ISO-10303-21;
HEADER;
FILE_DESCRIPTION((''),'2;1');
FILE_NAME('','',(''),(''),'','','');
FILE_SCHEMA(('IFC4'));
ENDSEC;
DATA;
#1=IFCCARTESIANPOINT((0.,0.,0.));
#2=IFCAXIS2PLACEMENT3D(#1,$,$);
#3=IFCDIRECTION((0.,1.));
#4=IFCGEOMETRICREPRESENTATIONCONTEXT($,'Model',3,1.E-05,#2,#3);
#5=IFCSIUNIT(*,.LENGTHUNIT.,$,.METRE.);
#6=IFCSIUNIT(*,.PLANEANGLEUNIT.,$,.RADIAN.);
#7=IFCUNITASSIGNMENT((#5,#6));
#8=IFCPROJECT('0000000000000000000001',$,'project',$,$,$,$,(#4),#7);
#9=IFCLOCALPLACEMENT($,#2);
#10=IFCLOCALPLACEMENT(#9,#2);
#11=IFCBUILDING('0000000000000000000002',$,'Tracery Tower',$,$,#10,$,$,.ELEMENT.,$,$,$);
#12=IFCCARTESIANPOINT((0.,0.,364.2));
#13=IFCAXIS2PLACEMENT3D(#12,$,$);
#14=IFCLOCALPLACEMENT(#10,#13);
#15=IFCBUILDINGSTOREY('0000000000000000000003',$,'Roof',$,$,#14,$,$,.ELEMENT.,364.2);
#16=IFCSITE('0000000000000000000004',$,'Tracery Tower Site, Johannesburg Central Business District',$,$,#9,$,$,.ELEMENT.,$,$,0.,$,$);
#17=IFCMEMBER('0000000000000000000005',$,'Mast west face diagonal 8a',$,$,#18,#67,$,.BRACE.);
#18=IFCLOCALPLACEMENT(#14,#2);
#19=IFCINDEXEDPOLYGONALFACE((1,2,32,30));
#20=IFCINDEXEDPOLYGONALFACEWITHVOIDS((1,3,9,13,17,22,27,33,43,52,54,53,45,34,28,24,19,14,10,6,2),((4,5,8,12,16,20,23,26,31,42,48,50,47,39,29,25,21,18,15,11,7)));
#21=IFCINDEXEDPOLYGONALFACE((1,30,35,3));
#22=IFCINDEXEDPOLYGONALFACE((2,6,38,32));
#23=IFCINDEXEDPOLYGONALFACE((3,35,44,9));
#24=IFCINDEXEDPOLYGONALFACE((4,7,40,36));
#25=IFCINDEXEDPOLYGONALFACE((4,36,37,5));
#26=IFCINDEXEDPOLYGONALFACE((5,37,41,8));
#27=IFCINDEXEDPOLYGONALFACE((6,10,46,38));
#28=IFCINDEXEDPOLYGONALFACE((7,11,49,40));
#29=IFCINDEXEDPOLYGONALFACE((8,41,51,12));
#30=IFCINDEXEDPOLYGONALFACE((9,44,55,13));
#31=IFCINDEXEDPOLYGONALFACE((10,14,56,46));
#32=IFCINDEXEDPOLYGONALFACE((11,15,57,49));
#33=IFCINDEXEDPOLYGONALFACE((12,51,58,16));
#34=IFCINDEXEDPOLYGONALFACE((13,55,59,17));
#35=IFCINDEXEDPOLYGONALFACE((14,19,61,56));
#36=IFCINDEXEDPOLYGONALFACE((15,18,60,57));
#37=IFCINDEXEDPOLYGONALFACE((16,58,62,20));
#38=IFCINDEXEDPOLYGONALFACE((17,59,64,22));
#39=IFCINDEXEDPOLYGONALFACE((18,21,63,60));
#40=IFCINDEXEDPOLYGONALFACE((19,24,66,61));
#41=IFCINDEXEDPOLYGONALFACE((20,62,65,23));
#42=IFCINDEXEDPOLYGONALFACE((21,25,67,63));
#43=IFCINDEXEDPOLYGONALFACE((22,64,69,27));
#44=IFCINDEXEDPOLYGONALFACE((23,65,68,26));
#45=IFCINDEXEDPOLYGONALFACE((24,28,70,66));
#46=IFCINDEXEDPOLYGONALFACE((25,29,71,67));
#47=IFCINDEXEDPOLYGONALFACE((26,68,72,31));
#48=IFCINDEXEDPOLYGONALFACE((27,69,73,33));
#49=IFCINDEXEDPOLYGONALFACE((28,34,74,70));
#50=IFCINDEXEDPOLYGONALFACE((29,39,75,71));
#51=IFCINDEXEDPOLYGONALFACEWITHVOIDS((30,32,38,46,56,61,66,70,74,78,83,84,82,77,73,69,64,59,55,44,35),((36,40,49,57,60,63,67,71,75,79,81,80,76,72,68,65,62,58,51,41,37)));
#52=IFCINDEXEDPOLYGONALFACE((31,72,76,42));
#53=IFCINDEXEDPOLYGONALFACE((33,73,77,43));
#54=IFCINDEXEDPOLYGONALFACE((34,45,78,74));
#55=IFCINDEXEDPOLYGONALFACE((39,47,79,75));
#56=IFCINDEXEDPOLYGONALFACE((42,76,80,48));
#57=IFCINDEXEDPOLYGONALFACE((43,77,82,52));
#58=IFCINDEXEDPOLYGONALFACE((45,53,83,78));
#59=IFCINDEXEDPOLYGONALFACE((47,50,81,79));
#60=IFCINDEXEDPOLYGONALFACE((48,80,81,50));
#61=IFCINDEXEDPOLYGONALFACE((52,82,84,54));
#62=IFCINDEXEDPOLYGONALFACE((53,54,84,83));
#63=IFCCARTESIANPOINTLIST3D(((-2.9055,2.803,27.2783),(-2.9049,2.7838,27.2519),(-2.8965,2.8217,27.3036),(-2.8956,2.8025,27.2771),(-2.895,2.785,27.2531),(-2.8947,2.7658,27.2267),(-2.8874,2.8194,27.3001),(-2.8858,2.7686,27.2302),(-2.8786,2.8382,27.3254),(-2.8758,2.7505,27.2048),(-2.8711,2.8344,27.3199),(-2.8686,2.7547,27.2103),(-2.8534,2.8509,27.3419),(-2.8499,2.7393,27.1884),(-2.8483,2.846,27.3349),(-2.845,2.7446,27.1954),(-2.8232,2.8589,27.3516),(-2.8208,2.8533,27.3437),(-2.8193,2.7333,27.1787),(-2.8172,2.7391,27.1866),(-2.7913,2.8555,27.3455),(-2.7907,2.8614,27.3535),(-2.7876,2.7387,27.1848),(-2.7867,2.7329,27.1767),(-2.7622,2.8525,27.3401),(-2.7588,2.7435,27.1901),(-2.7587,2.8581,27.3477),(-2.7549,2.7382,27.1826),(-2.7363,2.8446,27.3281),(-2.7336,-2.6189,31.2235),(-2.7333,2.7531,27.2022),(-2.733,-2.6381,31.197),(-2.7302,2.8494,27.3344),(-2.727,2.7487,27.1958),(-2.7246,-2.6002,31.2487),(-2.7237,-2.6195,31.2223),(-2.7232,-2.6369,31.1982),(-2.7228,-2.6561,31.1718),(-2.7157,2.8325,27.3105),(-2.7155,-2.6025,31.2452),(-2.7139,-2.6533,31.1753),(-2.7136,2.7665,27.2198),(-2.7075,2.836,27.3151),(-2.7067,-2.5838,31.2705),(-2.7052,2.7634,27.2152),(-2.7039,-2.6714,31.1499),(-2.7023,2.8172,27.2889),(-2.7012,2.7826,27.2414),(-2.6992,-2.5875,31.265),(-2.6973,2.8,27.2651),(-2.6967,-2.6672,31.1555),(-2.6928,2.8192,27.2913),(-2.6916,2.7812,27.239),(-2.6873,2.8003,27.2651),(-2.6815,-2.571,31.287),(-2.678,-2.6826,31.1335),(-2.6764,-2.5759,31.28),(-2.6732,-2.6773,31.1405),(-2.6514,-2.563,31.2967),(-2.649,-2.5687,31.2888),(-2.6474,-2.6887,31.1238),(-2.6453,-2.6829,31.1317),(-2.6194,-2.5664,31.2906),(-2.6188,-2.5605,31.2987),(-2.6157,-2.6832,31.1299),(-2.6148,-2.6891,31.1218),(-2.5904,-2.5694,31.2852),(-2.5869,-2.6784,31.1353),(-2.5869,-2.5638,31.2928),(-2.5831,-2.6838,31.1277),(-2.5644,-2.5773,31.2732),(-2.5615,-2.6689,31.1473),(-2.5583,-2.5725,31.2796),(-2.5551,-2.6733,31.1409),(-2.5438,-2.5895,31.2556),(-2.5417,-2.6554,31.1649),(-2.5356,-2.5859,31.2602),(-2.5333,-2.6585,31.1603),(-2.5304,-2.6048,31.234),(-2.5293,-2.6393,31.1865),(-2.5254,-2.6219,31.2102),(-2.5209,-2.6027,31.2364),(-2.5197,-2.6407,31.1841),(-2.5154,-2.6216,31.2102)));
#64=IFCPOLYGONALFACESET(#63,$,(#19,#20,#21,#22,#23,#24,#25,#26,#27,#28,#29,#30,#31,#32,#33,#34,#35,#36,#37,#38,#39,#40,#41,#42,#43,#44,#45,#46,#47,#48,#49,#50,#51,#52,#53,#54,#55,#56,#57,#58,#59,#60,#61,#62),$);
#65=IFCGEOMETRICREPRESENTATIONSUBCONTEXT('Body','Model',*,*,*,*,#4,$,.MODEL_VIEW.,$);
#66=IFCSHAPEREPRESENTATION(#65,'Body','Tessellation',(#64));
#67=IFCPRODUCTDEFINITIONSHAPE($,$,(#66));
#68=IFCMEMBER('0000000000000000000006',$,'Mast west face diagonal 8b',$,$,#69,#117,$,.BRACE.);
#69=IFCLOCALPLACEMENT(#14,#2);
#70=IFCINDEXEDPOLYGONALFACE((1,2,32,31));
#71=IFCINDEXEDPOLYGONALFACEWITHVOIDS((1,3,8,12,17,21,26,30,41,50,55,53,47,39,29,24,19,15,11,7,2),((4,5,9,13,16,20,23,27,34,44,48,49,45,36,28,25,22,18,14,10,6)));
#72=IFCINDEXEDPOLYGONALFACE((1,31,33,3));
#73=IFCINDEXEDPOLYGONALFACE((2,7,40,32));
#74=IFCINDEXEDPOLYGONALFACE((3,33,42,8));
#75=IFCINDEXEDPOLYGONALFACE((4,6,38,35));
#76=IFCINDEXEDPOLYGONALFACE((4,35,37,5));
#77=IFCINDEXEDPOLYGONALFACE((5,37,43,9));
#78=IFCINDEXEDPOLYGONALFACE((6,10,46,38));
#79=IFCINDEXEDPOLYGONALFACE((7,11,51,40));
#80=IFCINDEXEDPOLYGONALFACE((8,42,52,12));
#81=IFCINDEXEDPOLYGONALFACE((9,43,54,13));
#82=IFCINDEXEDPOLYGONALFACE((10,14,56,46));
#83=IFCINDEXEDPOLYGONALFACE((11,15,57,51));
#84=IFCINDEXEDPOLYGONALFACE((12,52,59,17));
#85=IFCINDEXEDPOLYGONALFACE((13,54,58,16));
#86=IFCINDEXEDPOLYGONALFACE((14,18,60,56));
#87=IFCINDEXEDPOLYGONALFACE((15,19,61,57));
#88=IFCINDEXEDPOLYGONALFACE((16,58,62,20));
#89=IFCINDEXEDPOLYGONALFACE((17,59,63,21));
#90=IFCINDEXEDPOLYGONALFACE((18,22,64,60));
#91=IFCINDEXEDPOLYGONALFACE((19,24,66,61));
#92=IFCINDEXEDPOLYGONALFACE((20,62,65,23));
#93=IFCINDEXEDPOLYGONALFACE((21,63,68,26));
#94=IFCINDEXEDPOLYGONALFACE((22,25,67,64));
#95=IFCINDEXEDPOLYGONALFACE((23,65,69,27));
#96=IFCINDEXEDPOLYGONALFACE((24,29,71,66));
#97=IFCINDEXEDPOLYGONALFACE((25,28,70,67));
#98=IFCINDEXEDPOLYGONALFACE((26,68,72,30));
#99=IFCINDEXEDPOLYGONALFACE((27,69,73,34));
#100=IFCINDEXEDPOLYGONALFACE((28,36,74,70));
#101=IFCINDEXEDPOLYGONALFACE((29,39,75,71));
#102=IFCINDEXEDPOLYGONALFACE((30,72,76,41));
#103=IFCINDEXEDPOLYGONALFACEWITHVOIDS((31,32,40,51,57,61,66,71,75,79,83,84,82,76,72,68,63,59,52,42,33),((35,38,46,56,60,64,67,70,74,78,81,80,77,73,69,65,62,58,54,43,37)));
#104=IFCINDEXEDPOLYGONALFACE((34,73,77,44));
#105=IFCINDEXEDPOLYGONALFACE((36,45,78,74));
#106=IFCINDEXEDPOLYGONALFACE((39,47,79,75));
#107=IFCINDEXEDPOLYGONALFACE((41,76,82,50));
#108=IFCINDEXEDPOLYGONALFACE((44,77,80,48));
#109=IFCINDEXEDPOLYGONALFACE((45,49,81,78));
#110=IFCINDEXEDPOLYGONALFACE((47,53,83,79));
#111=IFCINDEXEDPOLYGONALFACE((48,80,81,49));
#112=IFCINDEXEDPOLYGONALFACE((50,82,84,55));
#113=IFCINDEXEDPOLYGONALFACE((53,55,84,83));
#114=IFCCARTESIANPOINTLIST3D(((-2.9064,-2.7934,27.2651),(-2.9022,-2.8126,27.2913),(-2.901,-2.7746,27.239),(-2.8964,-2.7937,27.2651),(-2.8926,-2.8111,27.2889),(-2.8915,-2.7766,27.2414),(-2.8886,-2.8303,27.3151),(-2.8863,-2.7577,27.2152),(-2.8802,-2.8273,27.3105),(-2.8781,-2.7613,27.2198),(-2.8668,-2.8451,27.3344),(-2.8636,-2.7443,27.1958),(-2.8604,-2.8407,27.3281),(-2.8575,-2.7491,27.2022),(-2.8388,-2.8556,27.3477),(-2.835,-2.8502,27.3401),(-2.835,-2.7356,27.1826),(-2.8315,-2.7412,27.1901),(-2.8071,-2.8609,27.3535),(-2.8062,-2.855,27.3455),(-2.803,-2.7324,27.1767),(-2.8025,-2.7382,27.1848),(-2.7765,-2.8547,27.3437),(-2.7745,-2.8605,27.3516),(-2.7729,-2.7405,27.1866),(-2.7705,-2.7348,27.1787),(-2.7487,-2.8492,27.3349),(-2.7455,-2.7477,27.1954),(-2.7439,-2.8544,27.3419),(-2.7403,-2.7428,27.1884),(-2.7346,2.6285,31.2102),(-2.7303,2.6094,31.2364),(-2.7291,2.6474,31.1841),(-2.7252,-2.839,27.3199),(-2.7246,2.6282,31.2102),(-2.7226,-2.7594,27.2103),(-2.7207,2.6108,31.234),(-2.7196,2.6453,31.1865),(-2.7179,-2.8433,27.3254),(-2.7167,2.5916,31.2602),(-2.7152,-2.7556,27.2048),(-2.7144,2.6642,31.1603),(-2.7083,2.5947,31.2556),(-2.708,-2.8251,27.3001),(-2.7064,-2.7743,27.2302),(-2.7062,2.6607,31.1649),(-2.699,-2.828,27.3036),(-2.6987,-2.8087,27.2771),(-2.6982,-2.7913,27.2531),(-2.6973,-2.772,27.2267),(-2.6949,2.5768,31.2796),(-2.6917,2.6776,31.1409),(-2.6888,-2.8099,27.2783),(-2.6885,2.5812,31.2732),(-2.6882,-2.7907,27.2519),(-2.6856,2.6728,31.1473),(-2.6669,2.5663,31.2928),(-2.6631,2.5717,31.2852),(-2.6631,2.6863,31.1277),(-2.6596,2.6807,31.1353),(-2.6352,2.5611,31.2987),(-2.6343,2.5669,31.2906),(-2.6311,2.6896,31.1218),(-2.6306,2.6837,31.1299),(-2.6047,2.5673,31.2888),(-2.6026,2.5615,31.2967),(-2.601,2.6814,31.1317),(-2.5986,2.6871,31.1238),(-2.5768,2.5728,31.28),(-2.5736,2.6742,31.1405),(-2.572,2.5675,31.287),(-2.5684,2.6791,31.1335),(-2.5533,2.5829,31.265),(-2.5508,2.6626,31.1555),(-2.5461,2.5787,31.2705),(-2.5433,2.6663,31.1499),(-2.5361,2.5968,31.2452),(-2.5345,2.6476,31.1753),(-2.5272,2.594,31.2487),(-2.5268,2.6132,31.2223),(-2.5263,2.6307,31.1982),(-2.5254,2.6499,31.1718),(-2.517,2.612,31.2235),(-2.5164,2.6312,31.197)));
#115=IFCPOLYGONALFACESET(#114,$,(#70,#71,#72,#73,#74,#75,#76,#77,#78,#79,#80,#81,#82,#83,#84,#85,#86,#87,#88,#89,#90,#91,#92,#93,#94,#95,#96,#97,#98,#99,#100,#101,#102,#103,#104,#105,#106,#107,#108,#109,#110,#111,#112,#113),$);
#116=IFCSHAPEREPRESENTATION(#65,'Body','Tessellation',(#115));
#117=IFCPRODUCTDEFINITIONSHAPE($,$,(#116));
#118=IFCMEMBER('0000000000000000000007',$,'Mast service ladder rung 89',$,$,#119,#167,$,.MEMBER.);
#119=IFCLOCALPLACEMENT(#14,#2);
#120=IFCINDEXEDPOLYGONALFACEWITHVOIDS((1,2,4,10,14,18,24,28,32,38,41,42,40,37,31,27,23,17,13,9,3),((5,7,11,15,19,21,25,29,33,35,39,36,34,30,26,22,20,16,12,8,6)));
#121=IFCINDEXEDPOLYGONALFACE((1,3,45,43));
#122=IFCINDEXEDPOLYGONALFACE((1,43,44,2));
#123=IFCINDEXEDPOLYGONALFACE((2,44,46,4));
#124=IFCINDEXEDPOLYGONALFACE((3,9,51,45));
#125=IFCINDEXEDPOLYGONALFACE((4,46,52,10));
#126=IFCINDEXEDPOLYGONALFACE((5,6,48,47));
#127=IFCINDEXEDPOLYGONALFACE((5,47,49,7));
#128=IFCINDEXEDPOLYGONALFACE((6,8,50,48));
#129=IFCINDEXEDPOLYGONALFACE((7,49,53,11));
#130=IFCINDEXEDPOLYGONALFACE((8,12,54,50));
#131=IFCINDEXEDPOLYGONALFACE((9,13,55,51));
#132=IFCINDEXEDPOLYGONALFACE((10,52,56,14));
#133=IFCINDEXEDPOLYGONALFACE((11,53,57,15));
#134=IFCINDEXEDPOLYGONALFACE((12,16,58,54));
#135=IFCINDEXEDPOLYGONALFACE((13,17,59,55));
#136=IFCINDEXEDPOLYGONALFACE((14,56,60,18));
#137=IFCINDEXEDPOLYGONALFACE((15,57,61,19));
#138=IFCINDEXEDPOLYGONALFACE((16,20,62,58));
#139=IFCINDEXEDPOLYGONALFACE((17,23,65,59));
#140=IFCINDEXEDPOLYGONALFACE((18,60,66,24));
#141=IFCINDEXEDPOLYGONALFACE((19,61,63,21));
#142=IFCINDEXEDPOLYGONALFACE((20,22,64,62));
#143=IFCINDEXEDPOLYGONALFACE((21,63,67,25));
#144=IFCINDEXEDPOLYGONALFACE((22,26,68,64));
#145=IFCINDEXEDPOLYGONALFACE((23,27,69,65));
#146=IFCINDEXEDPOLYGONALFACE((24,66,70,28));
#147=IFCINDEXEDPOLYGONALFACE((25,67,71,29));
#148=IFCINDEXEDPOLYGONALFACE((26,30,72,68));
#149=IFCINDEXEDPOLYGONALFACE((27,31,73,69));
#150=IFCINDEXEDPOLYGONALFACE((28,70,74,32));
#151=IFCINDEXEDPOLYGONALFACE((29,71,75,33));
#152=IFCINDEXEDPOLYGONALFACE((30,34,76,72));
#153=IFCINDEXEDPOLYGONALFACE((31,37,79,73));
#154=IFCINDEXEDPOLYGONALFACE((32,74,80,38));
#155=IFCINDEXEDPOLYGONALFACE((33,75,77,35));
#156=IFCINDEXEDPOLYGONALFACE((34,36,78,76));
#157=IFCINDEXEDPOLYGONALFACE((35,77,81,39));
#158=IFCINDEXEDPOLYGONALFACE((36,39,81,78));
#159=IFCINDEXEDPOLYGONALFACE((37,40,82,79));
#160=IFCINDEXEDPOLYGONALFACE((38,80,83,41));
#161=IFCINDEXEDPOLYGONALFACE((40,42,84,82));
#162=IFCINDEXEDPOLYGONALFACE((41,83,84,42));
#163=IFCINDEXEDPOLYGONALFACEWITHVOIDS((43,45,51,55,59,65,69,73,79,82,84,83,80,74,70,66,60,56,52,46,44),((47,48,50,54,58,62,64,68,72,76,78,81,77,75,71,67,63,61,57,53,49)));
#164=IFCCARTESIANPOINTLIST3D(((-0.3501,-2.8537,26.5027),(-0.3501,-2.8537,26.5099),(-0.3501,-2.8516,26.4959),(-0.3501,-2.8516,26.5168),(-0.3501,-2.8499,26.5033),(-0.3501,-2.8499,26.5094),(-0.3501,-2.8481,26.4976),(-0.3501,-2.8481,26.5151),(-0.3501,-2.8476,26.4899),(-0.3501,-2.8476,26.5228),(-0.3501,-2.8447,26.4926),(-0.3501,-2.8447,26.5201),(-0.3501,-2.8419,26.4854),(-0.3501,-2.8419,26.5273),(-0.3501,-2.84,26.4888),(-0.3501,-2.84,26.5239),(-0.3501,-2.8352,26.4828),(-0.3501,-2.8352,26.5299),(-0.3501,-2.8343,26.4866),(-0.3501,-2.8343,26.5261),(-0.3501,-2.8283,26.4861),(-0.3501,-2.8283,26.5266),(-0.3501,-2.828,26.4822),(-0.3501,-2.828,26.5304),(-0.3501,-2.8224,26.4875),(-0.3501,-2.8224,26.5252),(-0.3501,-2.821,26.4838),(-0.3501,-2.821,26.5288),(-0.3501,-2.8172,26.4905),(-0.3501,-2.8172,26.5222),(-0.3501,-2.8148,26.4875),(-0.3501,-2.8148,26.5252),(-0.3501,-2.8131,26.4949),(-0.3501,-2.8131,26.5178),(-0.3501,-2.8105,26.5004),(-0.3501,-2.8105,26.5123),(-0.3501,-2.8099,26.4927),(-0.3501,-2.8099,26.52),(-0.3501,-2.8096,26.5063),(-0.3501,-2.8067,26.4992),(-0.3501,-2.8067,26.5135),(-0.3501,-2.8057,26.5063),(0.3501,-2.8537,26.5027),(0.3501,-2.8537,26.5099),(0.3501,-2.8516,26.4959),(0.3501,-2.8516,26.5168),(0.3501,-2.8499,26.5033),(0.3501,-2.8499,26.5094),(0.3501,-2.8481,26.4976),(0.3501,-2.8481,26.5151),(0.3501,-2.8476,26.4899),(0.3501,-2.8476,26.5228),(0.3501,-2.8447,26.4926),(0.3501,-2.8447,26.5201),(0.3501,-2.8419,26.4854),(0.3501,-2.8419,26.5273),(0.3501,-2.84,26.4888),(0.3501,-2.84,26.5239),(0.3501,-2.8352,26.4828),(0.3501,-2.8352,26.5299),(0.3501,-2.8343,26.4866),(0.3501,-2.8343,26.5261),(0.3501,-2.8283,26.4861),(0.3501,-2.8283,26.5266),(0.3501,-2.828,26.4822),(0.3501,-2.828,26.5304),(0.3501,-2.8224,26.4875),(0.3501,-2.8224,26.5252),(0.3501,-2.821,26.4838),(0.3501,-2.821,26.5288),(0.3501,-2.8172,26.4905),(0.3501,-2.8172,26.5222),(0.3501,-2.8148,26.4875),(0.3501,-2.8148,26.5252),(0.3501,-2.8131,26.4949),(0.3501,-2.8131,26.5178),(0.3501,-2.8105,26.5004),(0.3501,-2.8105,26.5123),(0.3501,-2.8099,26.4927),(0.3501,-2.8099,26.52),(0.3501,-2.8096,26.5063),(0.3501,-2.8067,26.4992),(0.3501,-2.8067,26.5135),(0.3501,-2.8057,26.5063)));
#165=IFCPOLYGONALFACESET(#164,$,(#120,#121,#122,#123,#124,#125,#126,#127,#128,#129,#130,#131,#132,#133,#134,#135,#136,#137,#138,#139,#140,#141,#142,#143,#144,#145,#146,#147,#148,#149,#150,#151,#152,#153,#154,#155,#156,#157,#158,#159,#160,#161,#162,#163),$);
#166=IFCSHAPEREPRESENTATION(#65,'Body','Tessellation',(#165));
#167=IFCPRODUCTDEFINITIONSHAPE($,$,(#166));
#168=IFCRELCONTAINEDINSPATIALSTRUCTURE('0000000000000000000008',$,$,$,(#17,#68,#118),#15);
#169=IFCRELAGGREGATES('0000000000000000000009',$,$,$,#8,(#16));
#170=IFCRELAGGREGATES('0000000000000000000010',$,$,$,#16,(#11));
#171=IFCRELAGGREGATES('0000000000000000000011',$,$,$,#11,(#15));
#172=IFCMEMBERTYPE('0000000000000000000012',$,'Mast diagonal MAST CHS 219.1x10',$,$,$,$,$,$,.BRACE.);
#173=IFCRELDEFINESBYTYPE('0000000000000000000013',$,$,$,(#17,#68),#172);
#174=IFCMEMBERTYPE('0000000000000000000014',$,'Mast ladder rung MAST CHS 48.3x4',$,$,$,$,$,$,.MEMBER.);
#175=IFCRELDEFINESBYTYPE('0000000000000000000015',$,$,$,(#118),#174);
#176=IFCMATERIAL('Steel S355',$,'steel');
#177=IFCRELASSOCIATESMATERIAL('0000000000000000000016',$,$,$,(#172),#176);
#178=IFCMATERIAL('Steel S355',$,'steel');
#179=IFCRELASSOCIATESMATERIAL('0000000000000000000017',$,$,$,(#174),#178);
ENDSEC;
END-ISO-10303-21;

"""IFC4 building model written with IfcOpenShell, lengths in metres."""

from ifc_helpers import new_model, si_unit, direction, frame, origin, origin_2d, place, context, subcontext, project, spatial, hollow_circle, extrude, material, material_profile, profile_set, type_object, element, save


model = new_model("IFC4")

# Units and contexts
model_context = context("Model", 3, precision=1e-05, world=origin(), true_north=direction((0.0, 1.0)))
body_context = subcontext(model_context, "Body", "Model", "MODEL_VIEW")
ifc_project = project(units=[si_unit("LENGTHUNIT", "METRE"), si_unit("PLANEANGLEUNIT", "RADIAN")], contexts=[model_context])

# Site, building, storey
site_placement = place(None, origin())
site = spatial("IfcSite", under=ifc_project, at=site_placement, Name="Tracery Tower Site, Johannesburg Central Business District", CompositionType="ELEMENT", RefElevation=0.0)
building_placement = place(site_placement, origin())
building = spatial("IfcBuilding", under=site, at=building_placement, Name="Tracery Tower", CompositionType="ELEMENT")
storey_placement = place(building_placement, frame((0.0, 0.0, 364.2)))
storey = spatial("IfcBuildingStorey", under=building, at=storey_placement, Name="Roof", CompositionType="ELEMENT", Elevation=364.2)

# Members
ifc_material_1 = material(Name="Steel S355", Category="steel")
ifc_material_profile_1 = material_profile(ifc_material_1, hollow_circle(Radius=0.1096, WallThickness=0.01, at=origin_2d()), Name="CHS 219.1x10")
ifc_profile_set_1 = profile_set([ifc_material_profile_1], Name="Steel S355")
member_type_1 = type_object("IfcMemberType", Name="Mast diagonal MAST CHS 219.1x10", PredefinedType="BRACE", material=ifc_profile_set_1)
for number, where, z_axis, x_axis, name in (
    (1, (-2.7969, 2.7969, 27.2651), (0.025625, -0.808337, 0.588163), (0.999498, 0.031684, 0.0), "Mast west face diagonal 8a"),
    (2, (-2.7969, -2.7969, 27.2651), (0.025625, 0.808337, 0.588163), (-0.999498, 0.031684, 0.0), "Mast west face diagonal 8b"),
):
    element("IfcMember", number, at=place(storey_placement, frame(where, z_axis=z_axis, x_axis=x_axis)), inside=storey, type_object=member_type_1, Name=name, PredefinedType="BRACE", context=body_context, shape_type="SweptSolid", body=[
        extrude(hollow_circle(Radius=0.1096, WallThickness=0.01, at=origin_2d()), origin(), (0.0, 0.0, 1.0), 6.7075),
    ])
ifc_material_2 = material(Name="Steel S355", Category="steel")
ifc_material_profile_2 = material_profile(ifc_material_2, hollow_circle(Radius=0.0242, WallThickness=0.0039, at=origin_2d()), Name="CHS 48.3x4")
ifc_profile_set_2 = profile_set([ifc_material_profile_2], Name="Steel S355")
member_type_2 = type_object("IfcMemberType", Name="Mast ladder rung MAST CHS 48.3x4", PredefinedType="MEMBER", material=ifc_profile_set_2)
for number, where, z_axis, x_axis, name in (
    (3, (-0.3501, -2.8298, 26.5063), (1.0, 0.0, 0.0), (0.0, 1.0, 0.0), "Mast service ladder rung 89"),
):
    element("IfcMember", number, at=place(storey_placement, frame(where, z_axis=z_axis, x_axis=x_axis)), inside=storey, type_object=member_type_2, Name=name, PredefinedType="MEMBER", context=body_context, shape_type="SweptSolid", body=[
        extrude(hollow_circle(Radius=0.0242, WallThickness=0.0039, at=origin_2d()), origin(), (0.0, 0.0, 1.0), 0.7002),
    ])

save(model, "model.ifc")
